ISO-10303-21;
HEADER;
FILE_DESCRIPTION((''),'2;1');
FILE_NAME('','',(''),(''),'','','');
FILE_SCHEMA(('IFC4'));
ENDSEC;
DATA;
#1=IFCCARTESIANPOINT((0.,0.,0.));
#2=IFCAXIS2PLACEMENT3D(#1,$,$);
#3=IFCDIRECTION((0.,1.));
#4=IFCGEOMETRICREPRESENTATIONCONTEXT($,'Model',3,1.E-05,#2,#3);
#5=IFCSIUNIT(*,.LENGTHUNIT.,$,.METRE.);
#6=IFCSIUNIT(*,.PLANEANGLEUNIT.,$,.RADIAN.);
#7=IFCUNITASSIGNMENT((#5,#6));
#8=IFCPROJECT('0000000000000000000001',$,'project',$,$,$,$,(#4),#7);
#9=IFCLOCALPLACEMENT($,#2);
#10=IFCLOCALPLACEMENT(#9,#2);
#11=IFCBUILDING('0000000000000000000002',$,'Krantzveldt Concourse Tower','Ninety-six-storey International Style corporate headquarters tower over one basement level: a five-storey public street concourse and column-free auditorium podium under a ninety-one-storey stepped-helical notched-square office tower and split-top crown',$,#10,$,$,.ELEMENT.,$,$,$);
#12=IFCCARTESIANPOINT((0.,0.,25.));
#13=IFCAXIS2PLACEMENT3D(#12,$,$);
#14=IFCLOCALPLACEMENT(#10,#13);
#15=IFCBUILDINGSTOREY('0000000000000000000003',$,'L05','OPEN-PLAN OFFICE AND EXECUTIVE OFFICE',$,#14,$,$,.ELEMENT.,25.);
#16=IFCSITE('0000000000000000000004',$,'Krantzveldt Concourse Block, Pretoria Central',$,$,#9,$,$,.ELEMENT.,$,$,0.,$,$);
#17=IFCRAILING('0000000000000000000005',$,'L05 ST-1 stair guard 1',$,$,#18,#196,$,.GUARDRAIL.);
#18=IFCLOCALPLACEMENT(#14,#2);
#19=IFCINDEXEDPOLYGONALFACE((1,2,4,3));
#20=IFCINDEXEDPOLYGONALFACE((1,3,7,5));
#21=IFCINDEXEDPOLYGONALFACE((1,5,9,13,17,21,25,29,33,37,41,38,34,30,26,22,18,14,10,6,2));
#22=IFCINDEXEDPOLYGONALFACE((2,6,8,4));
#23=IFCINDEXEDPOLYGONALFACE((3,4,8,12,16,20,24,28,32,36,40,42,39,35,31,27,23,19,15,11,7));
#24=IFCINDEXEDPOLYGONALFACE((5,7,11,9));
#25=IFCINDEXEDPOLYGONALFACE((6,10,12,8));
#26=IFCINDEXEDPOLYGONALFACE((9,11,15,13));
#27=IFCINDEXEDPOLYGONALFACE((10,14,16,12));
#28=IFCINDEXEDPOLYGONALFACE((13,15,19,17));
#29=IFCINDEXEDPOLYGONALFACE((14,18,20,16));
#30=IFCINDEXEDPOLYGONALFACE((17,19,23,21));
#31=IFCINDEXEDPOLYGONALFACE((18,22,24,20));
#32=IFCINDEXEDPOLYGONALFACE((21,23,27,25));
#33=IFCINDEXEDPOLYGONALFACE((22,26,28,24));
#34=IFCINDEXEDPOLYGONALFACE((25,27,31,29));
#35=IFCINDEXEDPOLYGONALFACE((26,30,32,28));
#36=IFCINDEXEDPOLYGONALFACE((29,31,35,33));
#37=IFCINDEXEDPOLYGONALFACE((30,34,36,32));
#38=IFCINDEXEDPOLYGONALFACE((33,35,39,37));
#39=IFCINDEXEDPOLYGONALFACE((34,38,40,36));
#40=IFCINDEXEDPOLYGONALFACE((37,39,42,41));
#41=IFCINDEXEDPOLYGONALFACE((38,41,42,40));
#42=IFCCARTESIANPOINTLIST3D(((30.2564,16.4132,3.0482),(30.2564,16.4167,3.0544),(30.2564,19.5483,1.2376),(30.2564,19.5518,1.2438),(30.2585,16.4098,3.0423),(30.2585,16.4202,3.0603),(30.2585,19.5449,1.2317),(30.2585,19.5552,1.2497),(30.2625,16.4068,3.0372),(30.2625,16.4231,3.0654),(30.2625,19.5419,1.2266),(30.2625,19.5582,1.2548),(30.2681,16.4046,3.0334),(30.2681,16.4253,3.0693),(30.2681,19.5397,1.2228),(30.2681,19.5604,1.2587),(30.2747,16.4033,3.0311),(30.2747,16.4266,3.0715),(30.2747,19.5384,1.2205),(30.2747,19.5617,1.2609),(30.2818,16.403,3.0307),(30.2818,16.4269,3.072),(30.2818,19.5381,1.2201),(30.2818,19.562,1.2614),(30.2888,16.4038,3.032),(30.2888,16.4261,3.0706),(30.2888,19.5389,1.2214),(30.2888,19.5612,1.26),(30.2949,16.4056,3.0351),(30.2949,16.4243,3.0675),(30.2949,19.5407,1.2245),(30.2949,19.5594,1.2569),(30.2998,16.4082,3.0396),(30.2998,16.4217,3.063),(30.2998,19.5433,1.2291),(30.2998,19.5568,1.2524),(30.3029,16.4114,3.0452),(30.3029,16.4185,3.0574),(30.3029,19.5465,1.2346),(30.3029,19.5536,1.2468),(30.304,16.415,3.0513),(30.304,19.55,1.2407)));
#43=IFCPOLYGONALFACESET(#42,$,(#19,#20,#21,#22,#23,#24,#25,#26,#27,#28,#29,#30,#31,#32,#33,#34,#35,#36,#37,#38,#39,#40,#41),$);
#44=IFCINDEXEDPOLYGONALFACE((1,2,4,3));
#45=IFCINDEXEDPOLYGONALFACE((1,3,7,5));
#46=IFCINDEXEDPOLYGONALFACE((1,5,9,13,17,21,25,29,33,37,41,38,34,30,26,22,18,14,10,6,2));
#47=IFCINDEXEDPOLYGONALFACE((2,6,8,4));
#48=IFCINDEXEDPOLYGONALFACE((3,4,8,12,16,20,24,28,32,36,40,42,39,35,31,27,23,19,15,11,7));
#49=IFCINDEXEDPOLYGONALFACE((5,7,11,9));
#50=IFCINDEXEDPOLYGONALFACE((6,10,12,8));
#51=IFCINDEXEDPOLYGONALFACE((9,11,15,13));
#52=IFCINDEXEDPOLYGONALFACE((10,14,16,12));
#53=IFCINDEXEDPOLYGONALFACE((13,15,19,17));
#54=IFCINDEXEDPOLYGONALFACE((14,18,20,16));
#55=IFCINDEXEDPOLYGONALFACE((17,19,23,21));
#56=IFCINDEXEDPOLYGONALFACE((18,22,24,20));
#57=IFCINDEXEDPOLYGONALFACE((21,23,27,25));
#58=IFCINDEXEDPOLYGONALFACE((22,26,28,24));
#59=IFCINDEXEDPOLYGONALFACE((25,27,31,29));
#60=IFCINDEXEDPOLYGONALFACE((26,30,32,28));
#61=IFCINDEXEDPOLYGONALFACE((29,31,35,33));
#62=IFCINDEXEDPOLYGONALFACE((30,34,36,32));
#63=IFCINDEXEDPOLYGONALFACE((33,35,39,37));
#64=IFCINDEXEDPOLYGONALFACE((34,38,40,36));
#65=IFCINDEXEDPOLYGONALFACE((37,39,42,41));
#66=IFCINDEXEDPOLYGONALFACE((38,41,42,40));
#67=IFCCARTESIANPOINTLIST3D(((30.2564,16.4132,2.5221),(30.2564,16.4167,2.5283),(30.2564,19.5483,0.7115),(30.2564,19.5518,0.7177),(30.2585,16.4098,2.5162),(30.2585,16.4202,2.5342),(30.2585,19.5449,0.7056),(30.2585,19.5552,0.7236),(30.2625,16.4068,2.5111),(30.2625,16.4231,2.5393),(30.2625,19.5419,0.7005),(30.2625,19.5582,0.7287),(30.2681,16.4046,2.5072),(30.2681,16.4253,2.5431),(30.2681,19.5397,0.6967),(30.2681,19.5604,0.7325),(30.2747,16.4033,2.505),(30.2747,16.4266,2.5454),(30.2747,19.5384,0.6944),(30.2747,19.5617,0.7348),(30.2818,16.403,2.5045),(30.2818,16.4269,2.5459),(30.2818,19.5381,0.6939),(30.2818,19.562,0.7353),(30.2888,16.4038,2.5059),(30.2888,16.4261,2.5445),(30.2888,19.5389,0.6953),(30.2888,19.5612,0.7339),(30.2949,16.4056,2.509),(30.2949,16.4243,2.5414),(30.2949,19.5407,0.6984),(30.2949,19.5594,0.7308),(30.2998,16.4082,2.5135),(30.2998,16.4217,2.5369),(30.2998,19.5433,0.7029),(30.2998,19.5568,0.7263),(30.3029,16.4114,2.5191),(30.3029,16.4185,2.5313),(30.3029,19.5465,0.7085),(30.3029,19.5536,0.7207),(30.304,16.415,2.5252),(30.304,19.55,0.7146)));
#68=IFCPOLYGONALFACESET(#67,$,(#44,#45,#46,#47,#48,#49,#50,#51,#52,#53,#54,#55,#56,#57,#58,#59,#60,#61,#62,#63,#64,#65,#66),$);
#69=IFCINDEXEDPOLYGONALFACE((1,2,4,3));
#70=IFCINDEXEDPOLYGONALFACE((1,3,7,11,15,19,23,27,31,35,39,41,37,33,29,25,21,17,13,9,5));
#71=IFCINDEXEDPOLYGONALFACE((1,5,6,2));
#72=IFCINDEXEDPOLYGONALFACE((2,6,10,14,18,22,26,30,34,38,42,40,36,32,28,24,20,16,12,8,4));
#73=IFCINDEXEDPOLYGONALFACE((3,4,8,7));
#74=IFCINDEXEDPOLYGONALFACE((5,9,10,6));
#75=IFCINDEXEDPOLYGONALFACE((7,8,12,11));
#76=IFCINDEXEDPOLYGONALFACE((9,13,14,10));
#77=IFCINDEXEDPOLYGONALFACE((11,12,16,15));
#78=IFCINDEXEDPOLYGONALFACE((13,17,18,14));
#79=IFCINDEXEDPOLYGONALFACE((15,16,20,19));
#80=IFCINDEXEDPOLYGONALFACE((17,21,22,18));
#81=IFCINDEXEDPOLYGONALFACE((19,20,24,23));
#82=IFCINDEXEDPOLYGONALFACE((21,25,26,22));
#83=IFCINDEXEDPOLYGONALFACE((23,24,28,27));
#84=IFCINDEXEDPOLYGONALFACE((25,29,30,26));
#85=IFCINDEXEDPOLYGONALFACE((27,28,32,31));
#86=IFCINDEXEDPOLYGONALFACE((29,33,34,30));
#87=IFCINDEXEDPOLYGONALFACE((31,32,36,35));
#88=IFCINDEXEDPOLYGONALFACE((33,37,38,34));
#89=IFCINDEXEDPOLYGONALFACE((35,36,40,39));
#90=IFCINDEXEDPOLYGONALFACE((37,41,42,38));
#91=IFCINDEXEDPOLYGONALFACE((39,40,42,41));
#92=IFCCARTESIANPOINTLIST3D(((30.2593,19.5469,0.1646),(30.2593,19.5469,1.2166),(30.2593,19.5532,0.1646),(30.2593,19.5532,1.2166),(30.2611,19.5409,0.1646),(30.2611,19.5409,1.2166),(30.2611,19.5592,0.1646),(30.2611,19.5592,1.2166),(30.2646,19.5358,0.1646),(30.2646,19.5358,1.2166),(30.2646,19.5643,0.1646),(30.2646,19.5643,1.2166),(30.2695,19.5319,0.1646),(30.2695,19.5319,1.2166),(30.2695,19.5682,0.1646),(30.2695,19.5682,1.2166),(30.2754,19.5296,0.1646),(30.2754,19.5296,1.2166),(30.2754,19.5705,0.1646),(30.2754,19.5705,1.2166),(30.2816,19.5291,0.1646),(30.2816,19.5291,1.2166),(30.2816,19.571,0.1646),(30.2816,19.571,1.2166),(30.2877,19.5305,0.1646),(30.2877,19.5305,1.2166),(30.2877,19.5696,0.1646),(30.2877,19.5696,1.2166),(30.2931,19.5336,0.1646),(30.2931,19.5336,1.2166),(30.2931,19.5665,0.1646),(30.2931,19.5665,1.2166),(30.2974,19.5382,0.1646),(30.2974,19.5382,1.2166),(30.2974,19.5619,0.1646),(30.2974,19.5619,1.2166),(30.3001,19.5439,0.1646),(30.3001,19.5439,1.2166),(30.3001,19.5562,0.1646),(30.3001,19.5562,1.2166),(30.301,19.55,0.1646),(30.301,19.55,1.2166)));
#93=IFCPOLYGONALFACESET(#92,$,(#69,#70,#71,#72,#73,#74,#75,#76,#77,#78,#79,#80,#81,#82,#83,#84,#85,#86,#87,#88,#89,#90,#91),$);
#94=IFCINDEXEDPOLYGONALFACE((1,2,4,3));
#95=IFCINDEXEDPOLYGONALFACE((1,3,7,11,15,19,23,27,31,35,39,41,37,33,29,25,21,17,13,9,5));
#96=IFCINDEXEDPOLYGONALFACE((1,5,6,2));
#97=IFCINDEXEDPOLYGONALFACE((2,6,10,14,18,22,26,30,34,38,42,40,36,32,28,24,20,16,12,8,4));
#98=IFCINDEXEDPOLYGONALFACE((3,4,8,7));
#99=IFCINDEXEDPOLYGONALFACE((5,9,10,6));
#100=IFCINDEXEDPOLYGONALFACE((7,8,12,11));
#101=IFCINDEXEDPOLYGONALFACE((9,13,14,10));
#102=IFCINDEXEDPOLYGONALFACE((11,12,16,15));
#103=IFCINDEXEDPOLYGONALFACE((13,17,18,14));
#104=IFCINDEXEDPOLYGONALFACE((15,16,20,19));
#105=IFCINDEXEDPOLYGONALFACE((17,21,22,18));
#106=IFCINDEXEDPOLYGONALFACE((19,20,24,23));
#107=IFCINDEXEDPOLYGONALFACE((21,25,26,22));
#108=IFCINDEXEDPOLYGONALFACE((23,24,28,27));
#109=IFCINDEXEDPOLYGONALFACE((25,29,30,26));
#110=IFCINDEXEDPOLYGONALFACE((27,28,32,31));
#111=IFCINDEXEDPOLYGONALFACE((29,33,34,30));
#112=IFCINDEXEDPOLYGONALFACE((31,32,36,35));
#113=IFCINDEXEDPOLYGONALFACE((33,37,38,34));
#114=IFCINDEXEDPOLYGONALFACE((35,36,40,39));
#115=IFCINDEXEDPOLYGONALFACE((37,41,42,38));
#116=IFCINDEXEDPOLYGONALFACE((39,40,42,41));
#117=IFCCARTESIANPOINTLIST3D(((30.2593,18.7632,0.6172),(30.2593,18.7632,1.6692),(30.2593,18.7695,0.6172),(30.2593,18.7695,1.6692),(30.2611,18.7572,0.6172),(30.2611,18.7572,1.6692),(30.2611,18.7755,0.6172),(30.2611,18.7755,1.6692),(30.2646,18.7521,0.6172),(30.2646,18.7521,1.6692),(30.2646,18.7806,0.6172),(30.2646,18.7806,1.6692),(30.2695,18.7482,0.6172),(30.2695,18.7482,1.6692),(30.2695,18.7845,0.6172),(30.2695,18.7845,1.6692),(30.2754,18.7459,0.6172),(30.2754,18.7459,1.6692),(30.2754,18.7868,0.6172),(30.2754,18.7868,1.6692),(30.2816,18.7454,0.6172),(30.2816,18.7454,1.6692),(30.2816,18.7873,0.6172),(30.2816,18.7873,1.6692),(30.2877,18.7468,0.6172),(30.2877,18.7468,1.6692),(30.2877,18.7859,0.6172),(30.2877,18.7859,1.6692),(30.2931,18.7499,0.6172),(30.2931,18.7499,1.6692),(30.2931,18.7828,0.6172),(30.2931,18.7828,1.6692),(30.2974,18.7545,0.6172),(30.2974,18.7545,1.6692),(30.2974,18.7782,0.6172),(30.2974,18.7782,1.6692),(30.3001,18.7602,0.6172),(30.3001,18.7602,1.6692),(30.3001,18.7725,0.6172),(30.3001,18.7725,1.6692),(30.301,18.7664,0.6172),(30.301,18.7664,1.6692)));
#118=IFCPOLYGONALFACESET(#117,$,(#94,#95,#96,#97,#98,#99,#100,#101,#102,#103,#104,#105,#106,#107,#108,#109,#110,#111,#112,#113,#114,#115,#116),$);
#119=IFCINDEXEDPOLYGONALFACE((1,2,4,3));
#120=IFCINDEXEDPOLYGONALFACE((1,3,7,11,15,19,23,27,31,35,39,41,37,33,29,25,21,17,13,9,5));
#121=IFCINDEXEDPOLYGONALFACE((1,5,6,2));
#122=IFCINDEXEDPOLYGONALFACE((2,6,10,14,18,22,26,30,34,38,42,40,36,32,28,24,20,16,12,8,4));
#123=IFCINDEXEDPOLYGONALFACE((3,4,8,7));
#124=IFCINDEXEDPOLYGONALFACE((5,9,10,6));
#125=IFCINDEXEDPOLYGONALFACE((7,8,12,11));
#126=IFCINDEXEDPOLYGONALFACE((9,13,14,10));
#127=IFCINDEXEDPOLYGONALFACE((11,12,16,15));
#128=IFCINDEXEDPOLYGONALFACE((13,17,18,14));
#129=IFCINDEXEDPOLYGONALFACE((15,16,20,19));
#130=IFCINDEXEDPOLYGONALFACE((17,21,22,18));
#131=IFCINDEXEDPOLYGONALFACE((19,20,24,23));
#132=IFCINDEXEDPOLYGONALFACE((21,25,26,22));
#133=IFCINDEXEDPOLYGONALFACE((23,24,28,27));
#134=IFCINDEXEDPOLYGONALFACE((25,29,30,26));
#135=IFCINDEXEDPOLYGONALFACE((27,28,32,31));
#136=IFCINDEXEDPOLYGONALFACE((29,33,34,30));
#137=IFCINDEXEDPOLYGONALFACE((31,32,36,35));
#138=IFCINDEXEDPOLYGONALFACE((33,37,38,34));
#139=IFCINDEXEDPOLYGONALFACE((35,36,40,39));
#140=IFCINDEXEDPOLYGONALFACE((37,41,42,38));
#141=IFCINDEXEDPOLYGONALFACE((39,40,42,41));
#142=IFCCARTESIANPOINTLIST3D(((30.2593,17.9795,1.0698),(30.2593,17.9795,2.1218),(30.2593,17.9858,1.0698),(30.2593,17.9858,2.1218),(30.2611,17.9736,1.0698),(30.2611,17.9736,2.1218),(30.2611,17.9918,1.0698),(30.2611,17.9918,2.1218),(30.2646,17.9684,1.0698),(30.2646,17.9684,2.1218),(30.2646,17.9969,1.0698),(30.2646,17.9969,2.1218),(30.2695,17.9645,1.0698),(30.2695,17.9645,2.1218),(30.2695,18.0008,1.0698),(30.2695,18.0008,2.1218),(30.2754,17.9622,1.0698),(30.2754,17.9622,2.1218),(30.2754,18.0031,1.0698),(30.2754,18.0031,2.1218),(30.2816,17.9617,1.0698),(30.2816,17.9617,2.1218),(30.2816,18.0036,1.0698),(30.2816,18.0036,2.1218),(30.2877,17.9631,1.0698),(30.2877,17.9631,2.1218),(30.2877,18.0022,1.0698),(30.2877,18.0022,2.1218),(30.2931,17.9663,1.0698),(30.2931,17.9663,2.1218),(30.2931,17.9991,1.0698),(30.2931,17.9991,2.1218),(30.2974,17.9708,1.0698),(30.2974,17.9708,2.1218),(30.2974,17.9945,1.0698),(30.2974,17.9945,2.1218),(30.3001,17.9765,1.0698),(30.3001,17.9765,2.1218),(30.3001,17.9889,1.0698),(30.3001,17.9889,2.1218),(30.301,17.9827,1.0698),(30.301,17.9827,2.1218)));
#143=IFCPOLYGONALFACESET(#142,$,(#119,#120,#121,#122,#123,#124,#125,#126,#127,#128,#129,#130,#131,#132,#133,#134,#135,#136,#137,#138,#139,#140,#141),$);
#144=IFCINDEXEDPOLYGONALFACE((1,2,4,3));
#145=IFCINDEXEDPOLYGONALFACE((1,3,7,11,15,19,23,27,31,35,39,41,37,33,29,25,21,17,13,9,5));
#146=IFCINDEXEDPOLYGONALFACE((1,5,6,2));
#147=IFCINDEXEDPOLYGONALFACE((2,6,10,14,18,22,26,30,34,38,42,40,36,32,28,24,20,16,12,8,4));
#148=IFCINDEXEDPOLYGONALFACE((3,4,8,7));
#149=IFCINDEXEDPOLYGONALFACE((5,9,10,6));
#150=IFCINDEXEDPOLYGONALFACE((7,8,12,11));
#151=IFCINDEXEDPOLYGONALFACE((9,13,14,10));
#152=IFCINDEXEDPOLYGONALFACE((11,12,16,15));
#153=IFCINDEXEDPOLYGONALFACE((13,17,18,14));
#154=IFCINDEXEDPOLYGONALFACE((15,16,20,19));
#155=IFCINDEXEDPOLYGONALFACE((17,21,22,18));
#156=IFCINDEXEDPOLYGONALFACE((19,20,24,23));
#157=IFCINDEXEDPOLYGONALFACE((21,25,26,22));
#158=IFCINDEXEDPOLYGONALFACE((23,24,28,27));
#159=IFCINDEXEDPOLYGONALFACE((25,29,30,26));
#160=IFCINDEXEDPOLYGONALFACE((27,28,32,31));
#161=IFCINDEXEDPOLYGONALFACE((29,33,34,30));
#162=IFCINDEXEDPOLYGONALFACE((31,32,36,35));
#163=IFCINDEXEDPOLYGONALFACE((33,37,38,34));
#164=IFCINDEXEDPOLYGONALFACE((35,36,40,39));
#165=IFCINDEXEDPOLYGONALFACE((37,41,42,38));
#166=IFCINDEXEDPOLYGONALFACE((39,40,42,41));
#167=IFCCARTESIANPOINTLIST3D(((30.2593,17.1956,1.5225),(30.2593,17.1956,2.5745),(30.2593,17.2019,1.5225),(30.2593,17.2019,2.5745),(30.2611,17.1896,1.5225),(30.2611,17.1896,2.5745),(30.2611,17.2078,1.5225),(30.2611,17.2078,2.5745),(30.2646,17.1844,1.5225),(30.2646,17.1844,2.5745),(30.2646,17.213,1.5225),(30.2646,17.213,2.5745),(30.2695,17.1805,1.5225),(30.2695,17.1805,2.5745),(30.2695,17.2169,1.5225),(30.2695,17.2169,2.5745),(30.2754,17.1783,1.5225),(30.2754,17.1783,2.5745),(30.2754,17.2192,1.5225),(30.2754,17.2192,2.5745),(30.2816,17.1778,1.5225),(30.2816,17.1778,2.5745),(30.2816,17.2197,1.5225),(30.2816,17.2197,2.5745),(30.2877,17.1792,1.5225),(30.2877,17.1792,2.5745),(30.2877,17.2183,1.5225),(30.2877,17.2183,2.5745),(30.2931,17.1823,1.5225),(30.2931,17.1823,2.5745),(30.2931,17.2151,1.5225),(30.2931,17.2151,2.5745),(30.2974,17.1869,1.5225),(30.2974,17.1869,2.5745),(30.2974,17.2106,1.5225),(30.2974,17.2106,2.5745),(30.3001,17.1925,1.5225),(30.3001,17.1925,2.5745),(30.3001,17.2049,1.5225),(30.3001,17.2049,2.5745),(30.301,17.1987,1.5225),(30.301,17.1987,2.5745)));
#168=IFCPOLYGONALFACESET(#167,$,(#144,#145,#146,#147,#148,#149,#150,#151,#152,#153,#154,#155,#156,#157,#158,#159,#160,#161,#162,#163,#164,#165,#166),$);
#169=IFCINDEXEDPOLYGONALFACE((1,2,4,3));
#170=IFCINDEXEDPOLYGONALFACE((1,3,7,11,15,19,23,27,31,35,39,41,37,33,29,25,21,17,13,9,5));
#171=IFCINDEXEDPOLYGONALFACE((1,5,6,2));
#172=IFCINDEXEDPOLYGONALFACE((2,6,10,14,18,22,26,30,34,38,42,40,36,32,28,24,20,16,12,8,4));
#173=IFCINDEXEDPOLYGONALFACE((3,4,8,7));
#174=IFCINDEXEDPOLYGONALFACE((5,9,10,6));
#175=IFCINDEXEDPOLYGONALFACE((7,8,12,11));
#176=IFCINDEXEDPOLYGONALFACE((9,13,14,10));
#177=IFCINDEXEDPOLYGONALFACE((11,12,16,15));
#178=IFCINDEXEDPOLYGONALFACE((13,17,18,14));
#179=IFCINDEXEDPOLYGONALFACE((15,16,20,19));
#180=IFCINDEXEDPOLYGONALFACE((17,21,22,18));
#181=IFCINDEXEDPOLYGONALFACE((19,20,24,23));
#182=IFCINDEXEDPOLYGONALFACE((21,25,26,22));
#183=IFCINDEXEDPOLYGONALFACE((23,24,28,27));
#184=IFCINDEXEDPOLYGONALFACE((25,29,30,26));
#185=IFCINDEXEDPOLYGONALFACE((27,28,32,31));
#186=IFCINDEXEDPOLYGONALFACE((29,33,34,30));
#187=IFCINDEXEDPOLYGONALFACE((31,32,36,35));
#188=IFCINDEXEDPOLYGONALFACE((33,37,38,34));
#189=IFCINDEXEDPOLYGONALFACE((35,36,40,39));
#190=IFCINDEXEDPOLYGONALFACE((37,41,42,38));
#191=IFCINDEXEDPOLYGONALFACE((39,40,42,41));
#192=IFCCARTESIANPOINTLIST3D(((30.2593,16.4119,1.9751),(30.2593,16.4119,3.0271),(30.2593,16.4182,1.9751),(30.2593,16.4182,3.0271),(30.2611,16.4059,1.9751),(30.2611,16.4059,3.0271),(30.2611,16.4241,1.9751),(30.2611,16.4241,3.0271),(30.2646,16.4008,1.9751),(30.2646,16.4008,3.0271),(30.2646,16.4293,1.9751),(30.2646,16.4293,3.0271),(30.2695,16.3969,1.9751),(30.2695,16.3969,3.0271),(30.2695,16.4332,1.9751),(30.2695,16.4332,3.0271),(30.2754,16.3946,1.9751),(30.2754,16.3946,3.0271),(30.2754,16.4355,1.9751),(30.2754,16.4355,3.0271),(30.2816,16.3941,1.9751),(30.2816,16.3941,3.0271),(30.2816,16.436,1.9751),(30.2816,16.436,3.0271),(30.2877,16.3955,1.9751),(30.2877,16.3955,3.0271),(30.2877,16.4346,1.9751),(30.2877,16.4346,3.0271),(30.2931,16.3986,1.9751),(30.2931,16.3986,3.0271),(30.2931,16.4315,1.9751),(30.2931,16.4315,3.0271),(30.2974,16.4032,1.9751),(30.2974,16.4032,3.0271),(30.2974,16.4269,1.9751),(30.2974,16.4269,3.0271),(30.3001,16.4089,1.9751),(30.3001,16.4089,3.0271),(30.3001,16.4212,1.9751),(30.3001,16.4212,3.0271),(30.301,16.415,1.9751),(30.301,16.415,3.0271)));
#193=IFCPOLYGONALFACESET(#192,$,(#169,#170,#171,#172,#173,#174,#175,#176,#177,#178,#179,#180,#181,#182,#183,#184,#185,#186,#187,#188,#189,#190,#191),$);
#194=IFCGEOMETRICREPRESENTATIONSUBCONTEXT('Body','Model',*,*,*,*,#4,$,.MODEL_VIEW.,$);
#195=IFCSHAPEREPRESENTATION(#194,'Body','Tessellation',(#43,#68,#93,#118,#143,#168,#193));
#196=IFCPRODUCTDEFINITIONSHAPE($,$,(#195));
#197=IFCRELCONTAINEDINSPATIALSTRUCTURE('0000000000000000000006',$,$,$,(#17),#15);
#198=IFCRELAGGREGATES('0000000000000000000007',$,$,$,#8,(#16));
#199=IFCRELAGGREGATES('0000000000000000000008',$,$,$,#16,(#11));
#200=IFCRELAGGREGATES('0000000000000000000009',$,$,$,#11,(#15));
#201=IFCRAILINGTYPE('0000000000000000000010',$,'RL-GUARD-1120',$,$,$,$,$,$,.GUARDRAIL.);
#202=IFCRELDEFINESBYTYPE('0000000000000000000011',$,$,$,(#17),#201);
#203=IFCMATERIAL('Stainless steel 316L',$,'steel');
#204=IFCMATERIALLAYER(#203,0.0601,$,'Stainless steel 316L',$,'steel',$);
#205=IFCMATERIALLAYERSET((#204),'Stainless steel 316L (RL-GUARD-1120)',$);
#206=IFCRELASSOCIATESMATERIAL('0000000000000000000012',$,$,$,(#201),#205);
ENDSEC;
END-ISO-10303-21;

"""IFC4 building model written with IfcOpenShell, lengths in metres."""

from ifc_helpers import new_model, si_unit, direction, frame, origin, origin_2d, place, context, subcontext, project, spatial, circle, extrude, material, layer, layer_set, type_object, element, save


model = new_model("IFC4")

# Units and contexts
model_context = context("Model", 3, precision=1e-05, world=origin(), true_north=direction((0.0, 1.0)))
body_context = subcontext(model_context, "Body", "Model", "MODEL_VIEW")
ifc_project = project(units=[si_unit("LENGTHUNIT", "METRE"), si_unit("PLANEANGLEUNIT", "RADIAN")], contexts=[model_context])

# Site, building, storey
site_placement = place(None, origin())
site = spatial("IfcSite", under=ifc_project, at=site_placement, Name="Krantzveldt Concourse Block, Pretoria Central", CompositionType="ELEMENT", RefElevation=0.0)
building_placement = place(site_placement, origin())
building = spatial("IfcBuilding", under=site, at=building_placement, Name="Krantzveldt Concourse Tower", Description="Ninety-six-storey International Style corporate headquarters tower over one basement level: a five-storey public street concourse and column-free auditorium podium under a ninety-one-storey stepped-helical notched-square office tower and split-top crown", CompositionType="ELEMENT")
storey_placement = place(building_placement, frame((0.0, 0.0, 25.0)))
storey = spatial("IfcBuildingStorey", under=building, at=storey_placement, Name="L05", Description="OPEN-PLAN OFFICE AND EXECUTIVE OFFICE", CompositionType="ELEMENT", Elevation=25.0)

# Railing
ifc_material_1 = material(Name="Stainless steel 316L", Category="steel")
ifc_layer_1 = layer(ifc_material_1, 0.0601, Name="Stainless steel 316L", Category="steel")
ifc_layer_set_1 = layer_set([ifc_layer_1], Name="Stainless steel 316L (RL-GUARD-1120)")
railing_type = type_object("IfcRailingType", Name="RL-GUARD-1120", PredefinedType="GUARDRAIL", material=ifc_layer_set_1)
railing_1_placement = place(storey_placement, frame((30.28, 19.55, 0.1646)))
element("IfcRailing", 1, at=railing_1_placement, inside=storey, type_object=railing_type, Name="L05 ST-1 stair guard 1", PredefinedType="GUARDRAIL", context=body_context, shape_type="SweptSolid", body=[
    extrude(circle(Radius=0.0239, at=origin_2d()), frame((0.0, 0.0, 1.0762), z_axis=(0.0, -0.86596, 0.500114), x_axis=(1.0, 0.0, 0.0)), (0.0, 0.0, 1.0), 3.6204),
    extrude(circle(Radius=0.0239, at=origin_2d()), frame((0.0, 0.0, 0.55), z_axis=(0.0, -0.86596, 0.500114), x_axis=(1.0, 0.0, 0.0)), (0.0, 0.0, 1.0), 3.6204),
    extrude(circle(Radius=0.021, at=origin_2d()), origin(), (0.0, 0.0, 1.0), 1.052),
    extrude(circle(Radius=0.021, at=origin_2d()), frame((0.0, -0.7837, 0.4526)), (0.0, 0.0, 1.0), 1.052),
    extrude(circle(Radius=0.021, at=origin_2d()), frame((0.0, -1.5674, 0.9053)), (0.0, 0.0, 1.0), 1.052),
    extrude(circle(Radius=0.021, at=origin_2d()), frame((0.0, -2.3513, 1.3579)), (0.0, 0.0, 1.0), 1.052),
    extrude(circle(Radius=0.021, at=origin_2d()), frame((0.0, -3.135, 1.8105)), (0.0, 0.0, 1.0), 1.052),
])

save(model, "model.ifc")
